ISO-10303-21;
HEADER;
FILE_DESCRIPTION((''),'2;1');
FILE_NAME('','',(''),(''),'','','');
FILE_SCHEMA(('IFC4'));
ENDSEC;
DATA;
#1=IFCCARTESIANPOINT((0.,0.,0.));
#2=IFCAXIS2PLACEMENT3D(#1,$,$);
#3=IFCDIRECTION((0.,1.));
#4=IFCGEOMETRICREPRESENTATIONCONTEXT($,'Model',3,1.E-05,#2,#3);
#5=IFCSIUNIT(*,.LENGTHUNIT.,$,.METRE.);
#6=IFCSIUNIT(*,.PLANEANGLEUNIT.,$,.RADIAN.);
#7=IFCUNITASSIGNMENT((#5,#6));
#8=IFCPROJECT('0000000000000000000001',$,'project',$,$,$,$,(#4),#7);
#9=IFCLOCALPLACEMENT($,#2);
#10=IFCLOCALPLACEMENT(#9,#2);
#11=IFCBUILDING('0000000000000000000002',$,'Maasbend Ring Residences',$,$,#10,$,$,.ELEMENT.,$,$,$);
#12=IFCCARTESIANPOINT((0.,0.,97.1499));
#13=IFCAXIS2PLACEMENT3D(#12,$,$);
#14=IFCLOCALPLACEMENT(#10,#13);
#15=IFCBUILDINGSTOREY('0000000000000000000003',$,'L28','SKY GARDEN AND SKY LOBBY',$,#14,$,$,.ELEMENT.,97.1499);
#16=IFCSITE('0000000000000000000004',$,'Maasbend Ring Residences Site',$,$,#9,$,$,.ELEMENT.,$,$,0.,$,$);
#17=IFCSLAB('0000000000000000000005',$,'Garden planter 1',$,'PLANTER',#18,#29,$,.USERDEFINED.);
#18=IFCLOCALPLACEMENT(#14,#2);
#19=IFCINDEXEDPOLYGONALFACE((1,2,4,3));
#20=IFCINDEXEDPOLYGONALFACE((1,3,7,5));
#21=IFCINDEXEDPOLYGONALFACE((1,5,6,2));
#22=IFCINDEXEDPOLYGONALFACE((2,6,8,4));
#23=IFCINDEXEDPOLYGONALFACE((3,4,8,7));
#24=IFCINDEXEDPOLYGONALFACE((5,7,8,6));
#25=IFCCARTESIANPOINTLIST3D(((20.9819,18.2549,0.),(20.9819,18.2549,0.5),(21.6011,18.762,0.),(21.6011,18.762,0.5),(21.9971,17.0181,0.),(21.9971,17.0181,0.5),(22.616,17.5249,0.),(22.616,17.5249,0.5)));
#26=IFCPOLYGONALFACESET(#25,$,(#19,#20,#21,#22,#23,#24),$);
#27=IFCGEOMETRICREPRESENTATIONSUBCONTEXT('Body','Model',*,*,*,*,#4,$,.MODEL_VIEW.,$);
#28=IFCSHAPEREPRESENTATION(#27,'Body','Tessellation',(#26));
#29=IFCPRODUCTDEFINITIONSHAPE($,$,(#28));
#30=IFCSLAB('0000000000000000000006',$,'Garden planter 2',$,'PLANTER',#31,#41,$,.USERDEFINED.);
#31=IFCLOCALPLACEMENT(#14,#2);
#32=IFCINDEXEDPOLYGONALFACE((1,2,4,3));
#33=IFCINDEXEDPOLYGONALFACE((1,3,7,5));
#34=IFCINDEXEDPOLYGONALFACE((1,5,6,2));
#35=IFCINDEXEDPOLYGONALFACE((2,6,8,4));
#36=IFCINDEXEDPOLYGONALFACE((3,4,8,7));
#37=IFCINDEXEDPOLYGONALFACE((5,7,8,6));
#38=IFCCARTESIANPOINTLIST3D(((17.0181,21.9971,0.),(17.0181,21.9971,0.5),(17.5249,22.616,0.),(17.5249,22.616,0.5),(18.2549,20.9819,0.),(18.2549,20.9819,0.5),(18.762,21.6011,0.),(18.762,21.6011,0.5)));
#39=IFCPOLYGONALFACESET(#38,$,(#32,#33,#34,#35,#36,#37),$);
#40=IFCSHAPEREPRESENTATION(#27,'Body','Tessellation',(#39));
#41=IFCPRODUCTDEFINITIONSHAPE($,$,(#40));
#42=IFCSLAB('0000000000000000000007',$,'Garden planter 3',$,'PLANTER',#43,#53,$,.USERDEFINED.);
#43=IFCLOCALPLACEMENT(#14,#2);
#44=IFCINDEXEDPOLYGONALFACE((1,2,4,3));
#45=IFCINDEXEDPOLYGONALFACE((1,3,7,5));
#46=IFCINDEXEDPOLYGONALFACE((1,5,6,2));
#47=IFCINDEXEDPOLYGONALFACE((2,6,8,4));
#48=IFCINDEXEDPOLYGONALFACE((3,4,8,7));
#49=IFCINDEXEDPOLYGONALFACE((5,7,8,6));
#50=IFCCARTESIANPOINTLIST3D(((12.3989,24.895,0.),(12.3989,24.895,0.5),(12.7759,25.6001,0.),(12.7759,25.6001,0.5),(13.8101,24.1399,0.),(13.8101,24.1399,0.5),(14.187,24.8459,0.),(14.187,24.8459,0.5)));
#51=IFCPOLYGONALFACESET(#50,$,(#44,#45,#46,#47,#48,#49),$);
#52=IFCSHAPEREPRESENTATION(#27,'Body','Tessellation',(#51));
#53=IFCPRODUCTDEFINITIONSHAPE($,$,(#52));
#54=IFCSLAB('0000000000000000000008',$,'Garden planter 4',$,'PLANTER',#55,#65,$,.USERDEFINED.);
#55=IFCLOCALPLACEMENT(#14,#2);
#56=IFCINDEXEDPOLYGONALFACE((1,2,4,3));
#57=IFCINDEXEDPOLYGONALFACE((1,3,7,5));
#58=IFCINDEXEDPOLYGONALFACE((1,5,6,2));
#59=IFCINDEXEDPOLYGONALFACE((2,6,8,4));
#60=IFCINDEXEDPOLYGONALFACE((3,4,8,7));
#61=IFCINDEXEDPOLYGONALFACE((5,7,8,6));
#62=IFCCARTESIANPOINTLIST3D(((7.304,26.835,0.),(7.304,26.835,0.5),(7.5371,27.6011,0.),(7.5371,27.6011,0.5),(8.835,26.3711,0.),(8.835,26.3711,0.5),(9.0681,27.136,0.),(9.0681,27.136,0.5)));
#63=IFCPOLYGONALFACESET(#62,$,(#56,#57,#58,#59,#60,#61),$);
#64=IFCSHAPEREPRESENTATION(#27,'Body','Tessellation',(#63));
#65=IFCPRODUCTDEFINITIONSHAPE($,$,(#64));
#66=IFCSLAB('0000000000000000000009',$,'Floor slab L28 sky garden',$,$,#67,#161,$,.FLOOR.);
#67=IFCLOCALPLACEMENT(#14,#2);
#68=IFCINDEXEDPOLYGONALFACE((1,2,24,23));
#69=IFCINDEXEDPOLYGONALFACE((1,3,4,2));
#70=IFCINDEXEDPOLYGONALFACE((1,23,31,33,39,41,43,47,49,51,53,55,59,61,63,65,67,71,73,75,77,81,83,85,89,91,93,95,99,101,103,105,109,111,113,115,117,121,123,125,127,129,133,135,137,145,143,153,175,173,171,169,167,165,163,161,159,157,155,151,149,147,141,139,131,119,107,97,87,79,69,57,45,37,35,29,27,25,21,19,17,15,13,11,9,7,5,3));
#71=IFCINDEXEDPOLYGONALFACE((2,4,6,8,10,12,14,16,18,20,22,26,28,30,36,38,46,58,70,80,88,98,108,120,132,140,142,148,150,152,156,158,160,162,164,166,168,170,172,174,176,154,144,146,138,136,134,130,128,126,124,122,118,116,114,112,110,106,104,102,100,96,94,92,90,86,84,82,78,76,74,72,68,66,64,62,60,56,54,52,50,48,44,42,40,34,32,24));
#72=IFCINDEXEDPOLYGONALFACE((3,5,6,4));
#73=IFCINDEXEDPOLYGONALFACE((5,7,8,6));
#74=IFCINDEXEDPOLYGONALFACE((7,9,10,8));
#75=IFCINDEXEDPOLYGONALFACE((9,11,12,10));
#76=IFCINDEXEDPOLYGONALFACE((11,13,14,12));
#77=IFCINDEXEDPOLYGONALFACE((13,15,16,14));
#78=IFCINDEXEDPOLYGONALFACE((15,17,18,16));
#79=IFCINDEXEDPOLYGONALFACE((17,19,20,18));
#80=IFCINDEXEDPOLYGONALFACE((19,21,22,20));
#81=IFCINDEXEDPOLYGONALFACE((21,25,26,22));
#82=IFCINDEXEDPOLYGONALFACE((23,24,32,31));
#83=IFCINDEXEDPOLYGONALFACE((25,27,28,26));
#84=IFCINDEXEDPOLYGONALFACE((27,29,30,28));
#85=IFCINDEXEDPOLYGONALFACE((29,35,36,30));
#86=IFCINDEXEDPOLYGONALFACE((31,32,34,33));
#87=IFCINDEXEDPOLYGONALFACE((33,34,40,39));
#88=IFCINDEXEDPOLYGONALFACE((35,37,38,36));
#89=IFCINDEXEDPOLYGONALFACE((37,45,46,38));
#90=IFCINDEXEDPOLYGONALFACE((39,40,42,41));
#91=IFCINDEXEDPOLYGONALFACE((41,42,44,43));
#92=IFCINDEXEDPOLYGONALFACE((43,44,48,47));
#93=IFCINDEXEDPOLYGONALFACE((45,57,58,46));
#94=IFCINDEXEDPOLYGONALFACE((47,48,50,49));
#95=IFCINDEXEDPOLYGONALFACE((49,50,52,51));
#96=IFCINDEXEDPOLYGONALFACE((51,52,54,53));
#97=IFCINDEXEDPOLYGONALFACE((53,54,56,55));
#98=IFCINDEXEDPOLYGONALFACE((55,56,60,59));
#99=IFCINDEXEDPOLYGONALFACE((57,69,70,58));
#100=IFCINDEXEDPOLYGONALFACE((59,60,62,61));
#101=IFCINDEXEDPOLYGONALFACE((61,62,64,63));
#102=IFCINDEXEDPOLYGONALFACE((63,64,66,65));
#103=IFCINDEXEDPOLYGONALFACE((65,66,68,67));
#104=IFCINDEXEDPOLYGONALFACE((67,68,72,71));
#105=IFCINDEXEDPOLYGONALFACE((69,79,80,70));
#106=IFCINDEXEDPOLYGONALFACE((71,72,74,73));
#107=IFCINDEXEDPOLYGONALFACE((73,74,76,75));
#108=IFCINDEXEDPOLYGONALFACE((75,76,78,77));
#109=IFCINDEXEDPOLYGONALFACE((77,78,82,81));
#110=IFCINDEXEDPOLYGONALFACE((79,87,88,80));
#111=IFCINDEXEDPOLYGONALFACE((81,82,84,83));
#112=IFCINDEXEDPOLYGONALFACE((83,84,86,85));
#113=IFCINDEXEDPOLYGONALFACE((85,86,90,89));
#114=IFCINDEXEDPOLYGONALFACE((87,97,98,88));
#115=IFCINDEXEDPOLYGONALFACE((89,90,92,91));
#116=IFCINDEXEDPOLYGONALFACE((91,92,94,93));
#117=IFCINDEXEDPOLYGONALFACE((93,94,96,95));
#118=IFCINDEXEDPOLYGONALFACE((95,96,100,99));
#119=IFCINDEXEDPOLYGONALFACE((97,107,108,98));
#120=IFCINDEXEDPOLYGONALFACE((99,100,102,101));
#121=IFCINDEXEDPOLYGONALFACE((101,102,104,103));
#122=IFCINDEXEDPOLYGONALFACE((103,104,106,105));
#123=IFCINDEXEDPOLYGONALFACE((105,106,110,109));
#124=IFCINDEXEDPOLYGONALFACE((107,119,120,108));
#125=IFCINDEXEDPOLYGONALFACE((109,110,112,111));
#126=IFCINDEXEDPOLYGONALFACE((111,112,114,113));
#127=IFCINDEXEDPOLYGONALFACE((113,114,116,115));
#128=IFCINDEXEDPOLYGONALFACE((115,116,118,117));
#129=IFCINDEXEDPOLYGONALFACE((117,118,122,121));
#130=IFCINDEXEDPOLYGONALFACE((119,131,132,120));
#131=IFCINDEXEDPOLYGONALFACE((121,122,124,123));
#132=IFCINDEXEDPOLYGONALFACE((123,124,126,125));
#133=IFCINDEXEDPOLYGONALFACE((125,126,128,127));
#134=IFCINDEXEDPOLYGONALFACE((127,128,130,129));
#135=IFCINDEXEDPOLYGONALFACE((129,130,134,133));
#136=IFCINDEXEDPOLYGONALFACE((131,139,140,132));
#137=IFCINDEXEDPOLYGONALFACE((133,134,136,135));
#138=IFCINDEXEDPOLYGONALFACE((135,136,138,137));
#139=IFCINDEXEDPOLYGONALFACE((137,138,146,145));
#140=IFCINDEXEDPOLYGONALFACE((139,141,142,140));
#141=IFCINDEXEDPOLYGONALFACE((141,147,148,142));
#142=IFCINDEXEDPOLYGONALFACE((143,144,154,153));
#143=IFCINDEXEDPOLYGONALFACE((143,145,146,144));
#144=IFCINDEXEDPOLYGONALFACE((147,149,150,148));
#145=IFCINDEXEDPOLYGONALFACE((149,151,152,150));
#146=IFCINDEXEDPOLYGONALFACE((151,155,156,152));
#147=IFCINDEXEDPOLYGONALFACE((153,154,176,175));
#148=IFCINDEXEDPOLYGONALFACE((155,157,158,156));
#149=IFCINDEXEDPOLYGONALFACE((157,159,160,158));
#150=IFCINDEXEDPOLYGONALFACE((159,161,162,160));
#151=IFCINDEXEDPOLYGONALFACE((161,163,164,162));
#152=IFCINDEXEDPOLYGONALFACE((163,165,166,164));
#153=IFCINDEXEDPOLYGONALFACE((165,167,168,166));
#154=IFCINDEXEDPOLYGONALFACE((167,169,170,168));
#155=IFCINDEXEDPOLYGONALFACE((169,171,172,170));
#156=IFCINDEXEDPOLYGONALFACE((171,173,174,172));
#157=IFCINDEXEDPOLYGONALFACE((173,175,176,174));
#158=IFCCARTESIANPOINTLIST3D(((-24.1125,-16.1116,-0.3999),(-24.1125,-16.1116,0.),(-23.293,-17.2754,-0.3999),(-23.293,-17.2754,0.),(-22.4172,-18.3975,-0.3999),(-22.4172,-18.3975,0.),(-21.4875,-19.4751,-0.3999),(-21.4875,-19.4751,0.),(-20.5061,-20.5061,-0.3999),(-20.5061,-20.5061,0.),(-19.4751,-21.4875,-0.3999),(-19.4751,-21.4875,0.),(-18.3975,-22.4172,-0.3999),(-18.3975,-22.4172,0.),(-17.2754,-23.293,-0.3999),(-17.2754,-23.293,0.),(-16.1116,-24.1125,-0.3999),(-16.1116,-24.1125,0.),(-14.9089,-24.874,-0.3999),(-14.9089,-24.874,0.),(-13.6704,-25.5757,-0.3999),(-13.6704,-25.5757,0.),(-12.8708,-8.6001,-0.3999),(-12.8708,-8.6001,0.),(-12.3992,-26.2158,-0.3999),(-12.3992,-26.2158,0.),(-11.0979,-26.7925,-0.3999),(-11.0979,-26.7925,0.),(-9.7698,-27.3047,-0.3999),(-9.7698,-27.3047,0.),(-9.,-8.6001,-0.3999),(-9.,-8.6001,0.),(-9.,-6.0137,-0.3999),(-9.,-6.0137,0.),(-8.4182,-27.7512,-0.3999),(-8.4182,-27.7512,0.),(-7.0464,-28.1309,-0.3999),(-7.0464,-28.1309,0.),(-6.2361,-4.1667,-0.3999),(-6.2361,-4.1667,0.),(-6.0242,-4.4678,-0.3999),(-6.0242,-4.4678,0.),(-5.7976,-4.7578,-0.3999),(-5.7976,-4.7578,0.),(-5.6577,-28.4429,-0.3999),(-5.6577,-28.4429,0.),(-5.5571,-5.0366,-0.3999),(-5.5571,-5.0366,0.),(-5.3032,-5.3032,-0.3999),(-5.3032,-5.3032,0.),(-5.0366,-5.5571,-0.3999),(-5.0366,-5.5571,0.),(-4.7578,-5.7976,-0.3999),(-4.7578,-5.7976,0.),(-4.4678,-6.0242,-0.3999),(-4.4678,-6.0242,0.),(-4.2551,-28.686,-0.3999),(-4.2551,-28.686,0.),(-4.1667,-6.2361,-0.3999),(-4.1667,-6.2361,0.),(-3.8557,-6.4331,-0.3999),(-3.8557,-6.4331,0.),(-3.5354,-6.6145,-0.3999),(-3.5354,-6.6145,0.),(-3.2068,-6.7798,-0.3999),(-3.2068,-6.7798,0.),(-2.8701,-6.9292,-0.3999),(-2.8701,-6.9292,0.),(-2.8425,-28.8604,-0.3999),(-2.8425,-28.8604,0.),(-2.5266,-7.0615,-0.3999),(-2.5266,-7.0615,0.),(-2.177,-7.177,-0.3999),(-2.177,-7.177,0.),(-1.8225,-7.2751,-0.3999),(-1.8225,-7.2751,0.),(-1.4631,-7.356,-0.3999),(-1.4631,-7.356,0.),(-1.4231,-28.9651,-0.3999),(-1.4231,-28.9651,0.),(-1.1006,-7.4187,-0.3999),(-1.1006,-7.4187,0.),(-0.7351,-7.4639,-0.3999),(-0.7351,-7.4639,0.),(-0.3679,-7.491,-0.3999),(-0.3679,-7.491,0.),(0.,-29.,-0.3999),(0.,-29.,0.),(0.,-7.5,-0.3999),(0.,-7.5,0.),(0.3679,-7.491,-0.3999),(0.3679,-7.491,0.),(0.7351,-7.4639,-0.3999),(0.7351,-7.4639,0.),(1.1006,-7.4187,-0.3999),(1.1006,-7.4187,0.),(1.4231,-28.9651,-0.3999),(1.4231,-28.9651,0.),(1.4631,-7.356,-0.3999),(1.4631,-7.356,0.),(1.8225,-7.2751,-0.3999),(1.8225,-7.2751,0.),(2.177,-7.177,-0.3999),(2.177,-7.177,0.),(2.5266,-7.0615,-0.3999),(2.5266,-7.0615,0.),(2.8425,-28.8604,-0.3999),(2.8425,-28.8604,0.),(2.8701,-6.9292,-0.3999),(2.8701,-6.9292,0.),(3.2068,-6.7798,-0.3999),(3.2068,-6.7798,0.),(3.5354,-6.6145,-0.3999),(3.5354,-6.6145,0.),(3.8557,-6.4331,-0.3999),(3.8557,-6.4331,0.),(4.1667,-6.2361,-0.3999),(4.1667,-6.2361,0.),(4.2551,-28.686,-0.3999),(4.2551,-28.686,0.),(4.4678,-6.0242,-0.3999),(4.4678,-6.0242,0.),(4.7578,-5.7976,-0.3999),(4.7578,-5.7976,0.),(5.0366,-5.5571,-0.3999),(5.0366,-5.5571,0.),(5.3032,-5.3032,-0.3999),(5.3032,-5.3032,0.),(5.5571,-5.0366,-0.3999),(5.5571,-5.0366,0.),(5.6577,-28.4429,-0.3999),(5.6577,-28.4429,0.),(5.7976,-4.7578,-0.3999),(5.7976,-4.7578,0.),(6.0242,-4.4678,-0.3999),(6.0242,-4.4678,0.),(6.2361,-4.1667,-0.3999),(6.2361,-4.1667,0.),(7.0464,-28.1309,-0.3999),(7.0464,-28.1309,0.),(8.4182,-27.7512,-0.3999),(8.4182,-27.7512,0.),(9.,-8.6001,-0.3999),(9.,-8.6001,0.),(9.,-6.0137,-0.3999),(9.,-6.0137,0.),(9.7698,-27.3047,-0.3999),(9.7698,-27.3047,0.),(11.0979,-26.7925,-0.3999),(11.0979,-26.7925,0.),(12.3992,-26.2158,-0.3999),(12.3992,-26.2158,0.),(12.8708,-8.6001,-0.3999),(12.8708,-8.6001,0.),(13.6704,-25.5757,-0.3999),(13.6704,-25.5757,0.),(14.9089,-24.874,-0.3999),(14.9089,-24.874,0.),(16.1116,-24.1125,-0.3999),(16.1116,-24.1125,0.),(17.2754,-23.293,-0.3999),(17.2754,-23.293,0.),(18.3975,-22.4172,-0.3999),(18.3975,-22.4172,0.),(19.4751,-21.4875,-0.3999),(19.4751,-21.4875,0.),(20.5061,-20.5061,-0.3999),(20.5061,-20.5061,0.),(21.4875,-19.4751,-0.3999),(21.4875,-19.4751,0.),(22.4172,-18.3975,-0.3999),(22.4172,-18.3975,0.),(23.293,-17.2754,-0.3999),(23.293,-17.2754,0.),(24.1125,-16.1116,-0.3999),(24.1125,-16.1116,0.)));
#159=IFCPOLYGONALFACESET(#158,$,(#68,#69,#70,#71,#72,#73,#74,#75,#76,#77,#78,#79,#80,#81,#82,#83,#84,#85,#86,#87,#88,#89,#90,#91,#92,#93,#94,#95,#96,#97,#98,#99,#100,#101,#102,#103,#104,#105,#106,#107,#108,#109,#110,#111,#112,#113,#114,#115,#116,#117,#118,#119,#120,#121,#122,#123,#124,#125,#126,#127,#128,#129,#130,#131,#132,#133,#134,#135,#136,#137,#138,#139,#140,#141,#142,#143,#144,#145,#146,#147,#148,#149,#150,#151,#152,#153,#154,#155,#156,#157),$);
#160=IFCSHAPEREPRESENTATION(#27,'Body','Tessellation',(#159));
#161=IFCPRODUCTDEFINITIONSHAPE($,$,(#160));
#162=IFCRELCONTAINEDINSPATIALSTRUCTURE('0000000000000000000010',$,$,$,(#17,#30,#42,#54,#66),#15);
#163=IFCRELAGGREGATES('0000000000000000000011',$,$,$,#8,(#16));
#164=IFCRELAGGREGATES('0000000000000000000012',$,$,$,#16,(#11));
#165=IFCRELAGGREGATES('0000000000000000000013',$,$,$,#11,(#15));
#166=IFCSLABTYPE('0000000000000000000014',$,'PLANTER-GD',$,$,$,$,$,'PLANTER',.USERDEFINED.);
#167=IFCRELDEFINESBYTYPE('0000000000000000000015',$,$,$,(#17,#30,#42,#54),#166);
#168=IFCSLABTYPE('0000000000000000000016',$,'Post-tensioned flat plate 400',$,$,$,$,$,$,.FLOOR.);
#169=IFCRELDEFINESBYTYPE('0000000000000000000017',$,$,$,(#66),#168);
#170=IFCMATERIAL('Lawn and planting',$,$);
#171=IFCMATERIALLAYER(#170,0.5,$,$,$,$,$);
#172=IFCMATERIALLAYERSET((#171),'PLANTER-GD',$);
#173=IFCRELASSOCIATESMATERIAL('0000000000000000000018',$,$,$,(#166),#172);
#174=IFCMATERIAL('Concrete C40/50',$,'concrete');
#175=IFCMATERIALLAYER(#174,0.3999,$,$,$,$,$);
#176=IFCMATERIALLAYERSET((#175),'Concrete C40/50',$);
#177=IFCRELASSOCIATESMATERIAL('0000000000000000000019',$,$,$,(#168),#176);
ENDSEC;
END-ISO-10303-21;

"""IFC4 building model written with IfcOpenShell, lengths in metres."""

from ifc_helpers import new_model, si_unit, direction, frame, origin, place, context, subcontext, project, spatial, polyline, outline, extrude, material, layer, layer_set, type_object, element, save


model = new_model("IFC4")

# Units and contexts
model_context = context("Model", 3, precision=1e-05, world=origin(), true_north=direction((0.0, 1.0)))
body_context = subcontext(model_context, "Body", "Model", "MODEL_VIEW")
ifc_project = project(units=[si_unit("LENGTHUNIT", "METRE"), si_unit("PLANEANGLEUNIT", "RADIAN")], contexts=[model_context])

# Site, building, storey
site_placement = place(None, origin())
site = spatial("IfcSite", under=ifc_project, at=site_placement, Name="Maasbend Ring Residences Site", CompositionType="ELEMENT", RefElevation=0.0)
building_placement = place(site_placement, origin())
building = spatial("IfcBuilding", under=site, at=building_placement, Name="Maasbend Ring Residences", CompositionType="ELEMENT")
storey_placement = place(building_placement, frame((0.0, 0.0, 97.1499)))
storey = spatial("IfcBuildingStorey", under=building, at=storey_placement, Name="L28", Description="SKY GARDEN AND SKY LOBBY", CompositionType="ELEMENT", Elevation=97.1499)

# Slabs
ifc_material_1 = material(Name="Lawn and planting")
ifc_layer_1 = layer(ifc_material_1, 0.5)
ifc_layer_set_1 = layer_set([ifc_layer_1], Name="PLANTER-GD")
slab_type_1 = type_object("IfcSlabType", Name="PLANTER-GD", ElementType="PLANTER", PredefinedType="USERDEFINED", material=ifc_layer_set_1)
slab_1_placement = place(storey_placement, origin())
element("IfcSlab", 1, at=slab_1_placement, inside=storey, type_object=slab_type_1, Name="Garden planter 1", ObjectType="PLANTER", PredefinedType="USERDEFINED", context=body_context, shape_type="SweptSolid", body=[
    extrude(outline(polyline([(22.616, 17.5249), (21.6011, 18.762), (20.9819, 18.2549), (21.9971, 17.0181), (22.616, 17.5249)])), origin(), (0.0, 0.0, 1.0), 0.5),
])
slab_2_placement = place(storey_placement, origin())
element("IfcSlab", 2, at=slab_2_placement, inside=storey, type_object=slab_type_1, Name="Garden planter 2", ObjectType="PLANTER", PredefinedType="USERDEFINED", context=body_context, shape_type="SweptSolid", body=[
    extrude(outline(polyline([(18.762, 21.6011), (17.5249, 22.616), (17.0181, 21.9971), (18.2549, 20.9819), (18.762, 21.6011)])), origin(), (0.0, 0.0, 1.0), 0.5),
])
slab_3_placement = place(storey_placement, origin())
element("IfcSlab", 3, at=slab_3_placement, inside=storey, type_object=slab_type_1, Name="Garden planter 3", ObjectType="PLANTER", PredefinedType="USERDEFINED", context=body_context, shape_type="SweptSolid", body=[
    extrude(outline(polyline([(14.187, 24.8459), (12.7759, 25.6001), (12.3989, 24.895), (13.8101, 24.1399), (14.187, 24.8459)])), origin(), (0.0, 0.0, 1.0), 0.5),
])
slab_4_placement = place(storey_placement, origin())
element("IfcSlab", 4, at=slab_4_placement, inside=storey, type_object=slab_type_1, Name="Garden planter 4", ObjectType="PLANTER", PredefinedType="USERDEFINED", context=body_context, shape_type="SweptSolid", body=[
    extrude(outline(polyline([(9.0681, 27.136), (7.5371, 27.6011), (7.304, 26.835), (8.835, 26.3711), (9.0681, 27.136)])), origin(), (0.0, 0.0, 1.0), 0.5),
])
ifc_material_2 = material(Name="Concrete C40/50", Category="concrete")
ifc_layer_2 = layer(ifc_material_2, 0.3999)
ifc_layer_set_2 = layer_set([ifc_layer_2], Name="Concrete C40/50")
slab_type_2 = type_object("IfcSlabType", Name="Post-tensioned flat plate 400", PredefinedType="FLOOR", material=ifc_layer_set_2)
slab_5_placement = place(storey_placement, frame((0.0, 0.0, -0.3999)))
element("IfcSlab", 5, at=slab_5_placement, inside=storey, type_object=slab_type_2, Name="Floor slab L28 sky garden", PredefinedType="FLOOR", context=body_context, shape_type="SweptSolid", body=[
    extrude(outline(polyline([(24.1125, -16.1116), (12.8708, -8.6001), (9.0, -8.6001), (9.0, -6.0137), (6.2361, -4.1667), (6.0242, -4.4678), (5.7976, -4.7578), (5.5571, -5.0366), (5.3032, -5.3032), (5.0366, -5.5571), (4.7578, -5.7976), (4.4678, -6.0242), (4.1667, -6.2361), (3.8557, -6.4331), (3.5354, -6.6145), (3.2068, -6.7798), (2.8701, -6.9292), (2.5266, -7.0615), (2.177, -7.177), (1.8225, -7.2751), (1.4631, -7.356), (1.1006, -7.4187), (0.7351, -7.4639), (0.3679, -7.491), (0.0, -7.5), (-0.3679, -7.491), (-0.7351, -7.4639), (-1.1006, -7.4187), (-1.4631, -7.356), (-1.8225, -7.2751), (-2.177, -7.177), (-2.5266, -7.0615), (-2.8701, -6.9292), (-3.2068, -6.7798), (-3.5354, -6.6145), (-3.8557, -6.4331), (-4.1667, -6.2361), (-4.4678, -6.0242), (-4.7578, -5.7976), (-5.0366, -5.5571), (-5.3032, -5.3032), (-5.5571, -5.0366), (-5.7976, -4.7578), (-6.0242, -4.4678), (-6.2361, -4.1667), (-9.0, -6.0137), (-9.0, -8.6001), (-12.8708, -8.6001), (-24.1125, -16.1116), (-23.293, -17.2754), (-22.4172, -18.3975), (-21.4875, -19.4751), (-20.5061, -20.5061), (-19.4751, -21.4875), (-18.3975, -22.4172), (-17.2754, -23.293), (-16.1116, -24.1125), (-14.9089, -24.874), (-13.6704, -25.5757), (-12.3992, -26.2158), (-11.0979, -26.7925), (-9.7698, -27.3047), (-8.4182, -27.7512), (-7.0464, -28.1309), (-5.6577, -28.4429), (-4.2551, -28.686), (-2.8425, -28.8604), (-1.4231, -28.9651), (0.0, -29.0), (1.4231, -28.9651), (2.8425, -28.8604), (4.2551, -28.686), (5.6577, -28.4429), (7.0464, -28.1309), (8.4182, -27.7512), (9.7698, -27.3047), (11.0979, -26.7925), (12.3992, -26.2158), (13.6704, -25.5757), (14.9089, -24.874), (16.1116, -24.1125), (17.2754, -23.293), (18.3975, -22.4172), (19.4751, -21.4875), (20.5061, -20.5061), (21.4875, -19.4751), (22.4172, -18.3975), (23.293, -17.2754), (24.1125, -16.1116)])), origin(), (0.0, 0.0, 1.0), 0.3999),
])

save(model, "model.ifc")
